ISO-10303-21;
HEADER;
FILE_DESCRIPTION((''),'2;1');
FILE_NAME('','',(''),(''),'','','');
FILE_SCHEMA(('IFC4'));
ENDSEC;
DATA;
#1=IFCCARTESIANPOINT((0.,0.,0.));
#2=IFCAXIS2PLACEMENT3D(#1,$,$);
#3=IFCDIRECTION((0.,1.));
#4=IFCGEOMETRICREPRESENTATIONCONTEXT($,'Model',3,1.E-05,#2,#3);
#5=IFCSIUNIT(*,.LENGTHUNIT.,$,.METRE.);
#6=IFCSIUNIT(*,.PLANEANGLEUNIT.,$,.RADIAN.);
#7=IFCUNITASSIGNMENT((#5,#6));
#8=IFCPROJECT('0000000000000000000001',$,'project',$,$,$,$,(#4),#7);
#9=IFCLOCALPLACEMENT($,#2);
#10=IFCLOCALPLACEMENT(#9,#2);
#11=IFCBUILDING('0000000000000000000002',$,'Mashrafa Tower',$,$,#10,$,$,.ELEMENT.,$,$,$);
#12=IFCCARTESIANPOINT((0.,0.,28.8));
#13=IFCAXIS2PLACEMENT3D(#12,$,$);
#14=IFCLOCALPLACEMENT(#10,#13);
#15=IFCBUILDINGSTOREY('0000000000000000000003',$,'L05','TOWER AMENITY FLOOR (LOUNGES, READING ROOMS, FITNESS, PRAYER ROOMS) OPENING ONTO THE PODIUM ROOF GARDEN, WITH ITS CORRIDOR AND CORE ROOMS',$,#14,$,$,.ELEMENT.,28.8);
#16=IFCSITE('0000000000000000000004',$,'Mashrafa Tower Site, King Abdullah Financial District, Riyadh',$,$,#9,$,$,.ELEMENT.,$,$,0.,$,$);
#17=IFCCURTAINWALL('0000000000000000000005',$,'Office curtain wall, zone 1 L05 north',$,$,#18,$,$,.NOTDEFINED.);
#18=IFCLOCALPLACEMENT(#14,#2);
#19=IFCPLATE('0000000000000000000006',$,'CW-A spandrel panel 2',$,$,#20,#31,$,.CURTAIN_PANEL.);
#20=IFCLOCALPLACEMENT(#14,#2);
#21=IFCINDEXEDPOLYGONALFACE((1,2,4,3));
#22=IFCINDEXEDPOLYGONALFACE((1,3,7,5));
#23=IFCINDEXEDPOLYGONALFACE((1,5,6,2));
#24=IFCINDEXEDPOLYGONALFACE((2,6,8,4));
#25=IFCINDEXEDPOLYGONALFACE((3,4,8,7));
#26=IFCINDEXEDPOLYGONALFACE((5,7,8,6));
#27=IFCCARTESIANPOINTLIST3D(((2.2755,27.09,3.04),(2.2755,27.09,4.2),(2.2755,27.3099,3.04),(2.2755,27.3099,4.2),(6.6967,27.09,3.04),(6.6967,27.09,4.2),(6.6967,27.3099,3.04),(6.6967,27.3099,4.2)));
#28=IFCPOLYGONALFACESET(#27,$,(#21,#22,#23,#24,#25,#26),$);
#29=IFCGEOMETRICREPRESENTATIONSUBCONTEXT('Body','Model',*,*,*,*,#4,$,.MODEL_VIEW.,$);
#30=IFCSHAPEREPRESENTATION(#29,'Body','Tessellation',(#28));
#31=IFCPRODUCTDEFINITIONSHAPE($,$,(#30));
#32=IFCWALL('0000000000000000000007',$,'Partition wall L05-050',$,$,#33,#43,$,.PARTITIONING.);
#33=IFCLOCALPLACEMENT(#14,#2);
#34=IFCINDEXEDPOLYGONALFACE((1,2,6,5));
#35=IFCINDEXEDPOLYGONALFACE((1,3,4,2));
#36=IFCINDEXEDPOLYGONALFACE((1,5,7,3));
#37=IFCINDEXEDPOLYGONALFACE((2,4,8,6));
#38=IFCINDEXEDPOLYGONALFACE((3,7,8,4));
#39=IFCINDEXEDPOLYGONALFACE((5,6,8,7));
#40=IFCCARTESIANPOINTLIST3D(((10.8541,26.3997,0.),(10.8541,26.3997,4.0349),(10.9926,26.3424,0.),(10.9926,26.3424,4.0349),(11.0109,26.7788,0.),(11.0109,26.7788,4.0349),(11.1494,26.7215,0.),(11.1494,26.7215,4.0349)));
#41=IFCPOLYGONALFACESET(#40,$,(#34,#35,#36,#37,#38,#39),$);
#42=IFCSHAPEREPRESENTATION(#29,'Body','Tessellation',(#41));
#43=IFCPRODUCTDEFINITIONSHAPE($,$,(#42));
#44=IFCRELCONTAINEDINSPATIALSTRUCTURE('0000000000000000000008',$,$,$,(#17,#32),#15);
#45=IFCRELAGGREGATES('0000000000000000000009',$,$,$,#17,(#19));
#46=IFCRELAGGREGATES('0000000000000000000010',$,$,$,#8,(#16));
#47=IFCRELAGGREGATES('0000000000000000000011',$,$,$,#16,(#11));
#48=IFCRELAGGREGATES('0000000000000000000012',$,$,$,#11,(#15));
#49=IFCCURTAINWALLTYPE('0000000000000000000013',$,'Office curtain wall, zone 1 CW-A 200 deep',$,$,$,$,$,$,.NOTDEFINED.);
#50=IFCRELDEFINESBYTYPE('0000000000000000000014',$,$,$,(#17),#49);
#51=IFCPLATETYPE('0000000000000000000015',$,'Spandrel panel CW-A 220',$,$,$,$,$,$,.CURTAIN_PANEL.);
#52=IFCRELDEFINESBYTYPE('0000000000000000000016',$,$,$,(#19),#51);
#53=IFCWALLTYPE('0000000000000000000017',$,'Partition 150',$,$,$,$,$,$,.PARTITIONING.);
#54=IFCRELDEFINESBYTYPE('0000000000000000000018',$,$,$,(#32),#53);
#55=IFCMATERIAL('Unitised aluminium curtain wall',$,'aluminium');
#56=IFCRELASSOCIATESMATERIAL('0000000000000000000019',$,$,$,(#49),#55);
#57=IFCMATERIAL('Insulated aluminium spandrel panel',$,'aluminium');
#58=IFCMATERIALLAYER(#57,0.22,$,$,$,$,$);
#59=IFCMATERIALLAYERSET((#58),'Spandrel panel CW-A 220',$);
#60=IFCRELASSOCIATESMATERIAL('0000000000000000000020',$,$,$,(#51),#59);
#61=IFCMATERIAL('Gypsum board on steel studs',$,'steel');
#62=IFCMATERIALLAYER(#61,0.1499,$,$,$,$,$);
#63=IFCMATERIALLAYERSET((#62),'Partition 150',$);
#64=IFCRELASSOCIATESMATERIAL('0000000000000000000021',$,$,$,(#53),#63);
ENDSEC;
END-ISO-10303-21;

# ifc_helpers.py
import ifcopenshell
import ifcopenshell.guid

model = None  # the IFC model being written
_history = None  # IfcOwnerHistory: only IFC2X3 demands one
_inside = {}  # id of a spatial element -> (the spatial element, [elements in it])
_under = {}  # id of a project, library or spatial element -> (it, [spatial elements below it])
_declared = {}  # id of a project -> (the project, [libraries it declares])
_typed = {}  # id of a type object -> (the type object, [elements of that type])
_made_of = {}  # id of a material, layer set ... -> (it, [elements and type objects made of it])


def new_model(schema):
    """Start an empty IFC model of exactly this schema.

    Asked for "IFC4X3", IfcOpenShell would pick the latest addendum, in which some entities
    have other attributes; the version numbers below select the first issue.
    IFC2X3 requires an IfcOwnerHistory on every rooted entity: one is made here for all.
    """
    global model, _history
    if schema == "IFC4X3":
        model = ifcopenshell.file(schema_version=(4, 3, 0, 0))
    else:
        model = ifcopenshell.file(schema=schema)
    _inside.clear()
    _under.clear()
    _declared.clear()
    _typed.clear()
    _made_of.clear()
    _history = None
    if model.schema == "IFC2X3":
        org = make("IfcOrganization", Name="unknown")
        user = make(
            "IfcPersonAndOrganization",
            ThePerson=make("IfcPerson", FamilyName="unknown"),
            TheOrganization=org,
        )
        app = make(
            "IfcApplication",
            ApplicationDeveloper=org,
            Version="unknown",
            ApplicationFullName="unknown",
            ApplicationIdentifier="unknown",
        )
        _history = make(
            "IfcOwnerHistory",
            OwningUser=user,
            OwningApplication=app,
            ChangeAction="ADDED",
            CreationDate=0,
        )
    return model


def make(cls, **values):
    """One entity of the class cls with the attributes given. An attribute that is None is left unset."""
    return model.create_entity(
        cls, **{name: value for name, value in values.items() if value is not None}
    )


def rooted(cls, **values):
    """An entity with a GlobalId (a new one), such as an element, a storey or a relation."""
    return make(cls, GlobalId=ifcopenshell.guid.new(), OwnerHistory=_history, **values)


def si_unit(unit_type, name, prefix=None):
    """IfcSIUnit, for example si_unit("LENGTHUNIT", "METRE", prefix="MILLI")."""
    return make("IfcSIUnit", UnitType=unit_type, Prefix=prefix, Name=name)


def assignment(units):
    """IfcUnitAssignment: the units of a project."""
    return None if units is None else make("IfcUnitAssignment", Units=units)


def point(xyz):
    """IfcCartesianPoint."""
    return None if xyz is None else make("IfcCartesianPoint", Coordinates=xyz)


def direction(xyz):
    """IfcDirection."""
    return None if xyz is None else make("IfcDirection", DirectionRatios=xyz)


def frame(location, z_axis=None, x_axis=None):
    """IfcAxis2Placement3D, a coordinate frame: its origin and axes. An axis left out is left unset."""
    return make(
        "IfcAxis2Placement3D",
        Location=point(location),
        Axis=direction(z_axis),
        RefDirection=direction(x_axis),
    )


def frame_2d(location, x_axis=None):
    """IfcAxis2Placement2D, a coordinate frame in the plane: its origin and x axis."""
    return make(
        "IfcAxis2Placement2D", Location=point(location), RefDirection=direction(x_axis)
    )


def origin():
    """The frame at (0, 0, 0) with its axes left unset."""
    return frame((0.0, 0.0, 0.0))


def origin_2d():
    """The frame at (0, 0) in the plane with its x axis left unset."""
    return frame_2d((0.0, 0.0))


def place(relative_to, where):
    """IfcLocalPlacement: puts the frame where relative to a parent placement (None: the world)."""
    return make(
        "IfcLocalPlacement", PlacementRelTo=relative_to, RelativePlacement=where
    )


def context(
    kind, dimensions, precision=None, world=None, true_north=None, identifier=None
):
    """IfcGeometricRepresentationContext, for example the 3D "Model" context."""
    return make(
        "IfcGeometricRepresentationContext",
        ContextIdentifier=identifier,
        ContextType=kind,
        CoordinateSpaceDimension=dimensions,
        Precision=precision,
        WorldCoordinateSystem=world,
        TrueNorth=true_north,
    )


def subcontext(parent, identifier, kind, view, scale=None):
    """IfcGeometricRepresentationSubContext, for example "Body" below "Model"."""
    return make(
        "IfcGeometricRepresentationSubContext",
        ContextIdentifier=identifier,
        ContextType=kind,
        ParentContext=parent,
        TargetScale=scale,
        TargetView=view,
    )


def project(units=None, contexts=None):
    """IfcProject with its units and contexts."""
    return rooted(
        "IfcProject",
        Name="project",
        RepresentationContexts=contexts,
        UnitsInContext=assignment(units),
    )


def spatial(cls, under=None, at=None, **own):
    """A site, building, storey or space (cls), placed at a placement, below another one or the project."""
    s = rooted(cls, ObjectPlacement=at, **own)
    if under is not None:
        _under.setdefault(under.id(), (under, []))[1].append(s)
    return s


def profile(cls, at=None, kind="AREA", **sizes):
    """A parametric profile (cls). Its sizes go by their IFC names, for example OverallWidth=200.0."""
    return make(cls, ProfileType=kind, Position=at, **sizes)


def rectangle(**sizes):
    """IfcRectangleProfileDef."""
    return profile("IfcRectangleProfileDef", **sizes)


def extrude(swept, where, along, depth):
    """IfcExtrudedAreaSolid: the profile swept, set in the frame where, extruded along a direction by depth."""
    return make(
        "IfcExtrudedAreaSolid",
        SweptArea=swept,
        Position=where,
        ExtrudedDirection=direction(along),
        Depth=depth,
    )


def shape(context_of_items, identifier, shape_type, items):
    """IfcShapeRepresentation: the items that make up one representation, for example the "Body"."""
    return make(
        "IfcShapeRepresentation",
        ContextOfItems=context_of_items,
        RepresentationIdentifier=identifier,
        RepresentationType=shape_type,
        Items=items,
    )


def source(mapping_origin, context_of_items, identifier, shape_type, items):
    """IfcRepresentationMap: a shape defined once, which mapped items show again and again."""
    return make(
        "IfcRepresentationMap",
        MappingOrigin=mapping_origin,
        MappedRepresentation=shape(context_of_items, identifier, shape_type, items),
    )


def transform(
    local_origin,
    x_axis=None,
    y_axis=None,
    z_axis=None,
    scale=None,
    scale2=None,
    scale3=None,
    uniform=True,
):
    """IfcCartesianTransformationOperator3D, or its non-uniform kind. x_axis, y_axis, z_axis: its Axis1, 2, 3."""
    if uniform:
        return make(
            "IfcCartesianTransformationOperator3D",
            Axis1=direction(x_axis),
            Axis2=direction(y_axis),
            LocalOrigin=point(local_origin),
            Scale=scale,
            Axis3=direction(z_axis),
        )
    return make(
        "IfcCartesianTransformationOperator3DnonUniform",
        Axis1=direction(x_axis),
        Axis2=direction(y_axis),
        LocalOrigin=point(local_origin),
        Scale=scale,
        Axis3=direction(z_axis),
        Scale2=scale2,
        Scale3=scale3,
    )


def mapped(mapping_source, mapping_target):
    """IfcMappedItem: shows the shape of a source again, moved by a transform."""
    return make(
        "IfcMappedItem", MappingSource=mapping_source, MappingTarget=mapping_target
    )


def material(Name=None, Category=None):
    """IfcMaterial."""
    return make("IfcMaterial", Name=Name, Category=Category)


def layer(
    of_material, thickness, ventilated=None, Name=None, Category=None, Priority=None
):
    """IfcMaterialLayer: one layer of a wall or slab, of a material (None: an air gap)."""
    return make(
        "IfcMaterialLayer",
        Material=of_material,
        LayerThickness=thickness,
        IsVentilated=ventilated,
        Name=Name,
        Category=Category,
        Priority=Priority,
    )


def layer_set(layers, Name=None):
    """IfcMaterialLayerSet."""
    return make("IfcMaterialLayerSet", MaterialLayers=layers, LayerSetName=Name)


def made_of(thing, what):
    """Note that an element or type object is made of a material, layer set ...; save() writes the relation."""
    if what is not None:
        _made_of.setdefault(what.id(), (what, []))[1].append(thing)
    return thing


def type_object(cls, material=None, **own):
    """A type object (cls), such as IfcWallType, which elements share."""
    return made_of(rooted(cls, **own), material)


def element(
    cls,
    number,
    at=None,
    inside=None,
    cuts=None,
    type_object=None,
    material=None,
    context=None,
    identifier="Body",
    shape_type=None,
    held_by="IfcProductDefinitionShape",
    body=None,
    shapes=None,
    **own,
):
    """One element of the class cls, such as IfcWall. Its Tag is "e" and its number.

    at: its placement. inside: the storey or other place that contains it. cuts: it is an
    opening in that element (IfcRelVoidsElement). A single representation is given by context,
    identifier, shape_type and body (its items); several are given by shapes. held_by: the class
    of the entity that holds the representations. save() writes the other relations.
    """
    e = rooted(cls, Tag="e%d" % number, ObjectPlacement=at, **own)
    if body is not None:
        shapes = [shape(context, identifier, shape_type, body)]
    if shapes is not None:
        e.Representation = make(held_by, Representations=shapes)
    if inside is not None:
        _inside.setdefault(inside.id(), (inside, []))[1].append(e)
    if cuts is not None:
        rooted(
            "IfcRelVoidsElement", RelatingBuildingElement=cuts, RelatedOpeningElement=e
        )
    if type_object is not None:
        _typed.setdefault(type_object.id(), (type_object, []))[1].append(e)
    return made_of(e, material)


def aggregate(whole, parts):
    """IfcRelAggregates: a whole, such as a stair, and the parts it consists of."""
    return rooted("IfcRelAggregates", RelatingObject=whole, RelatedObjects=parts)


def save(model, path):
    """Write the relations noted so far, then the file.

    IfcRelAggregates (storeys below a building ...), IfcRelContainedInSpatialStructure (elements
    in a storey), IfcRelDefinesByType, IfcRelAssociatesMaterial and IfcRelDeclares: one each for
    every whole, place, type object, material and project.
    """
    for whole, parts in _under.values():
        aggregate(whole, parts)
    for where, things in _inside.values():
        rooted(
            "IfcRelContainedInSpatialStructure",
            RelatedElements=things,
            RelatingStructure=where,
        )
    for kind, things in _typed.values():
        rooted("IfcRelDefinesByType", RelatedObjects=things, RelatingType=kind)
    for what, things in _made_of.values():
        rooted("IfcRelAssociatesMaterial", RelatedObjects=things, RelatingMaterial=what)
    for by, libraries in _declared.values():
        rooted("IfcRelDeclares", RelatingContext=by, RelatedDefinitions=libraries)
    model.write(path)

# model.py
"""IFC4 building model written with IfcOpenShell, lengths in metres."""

from ifc_helpers import new_model, si_unit, direction, frame, frame_2d, origin, origin_2d, place, context, subcontext, project, spatial, rectangle, extrude, source, transform, mapped, material, layer, layer_set, type_object, element, aggregate, save


model = new_model("IFC4")

# Units and contexts
model_context = context("Model", 3, precision=1e-05, world=origin(), true_north=direction((0.0, 1.0)))
body_context = subcontext(model_context, "Body", "Model", "MODEL_VIEW")
ifc_project = project(units=[si_unit("LENGTHUNIT", "METRE"), si_unit("PLANEANGLEUNIT", "RADIAN")], contexts=[model_context])

# Site, building, storey
site_placement = place(None, origin())
site = spatial("IfcSite", under=ifc_project, at=site_placement, Name="Mashrafa Tower Site, King Abdullah Financial District, Riyadh", CompositionType="ELEMENT", RefElevation=0.0)
building_placement = place(site_placement, origin())
building = spatial("IfcBuilding", under=site, at=building_placement, Name="Mashrafa Tower", CompositionType="ELEMENT")
storey_placement = place(building_placement, frame((0.0, 0.0, 28.8)))
storey = spatial("IfcBuildingStorey", under=building, at=storey_placement, Name="L05", Description="TOWER AMENITY FLOOR (LOUNGES, READING ROOMS, FITNESS, PRAYER ROOMS) OPENING ONTO THE PODIUM ROOF GARDEN, WITH ITS CORRIDOR AND CORE ROOMS", CompositionType="ELEMENT", Elevation=28.8)

# Shared definitions
ifc_material_1 = material(Name="Unitised aluminium curtain wall", Category="aluminium")
curtain_wall_type = type_object("IfcCurtainWallType", Name="Office curtain wall, zone 1 CW-A 200 deep", PredefinedType="NOTDEFINED", material=ifc_material_1)

# Curtain wall, plate
curtain_wall_1_placement = place(storey_placement, origin())
curtain_wall_1 = element("IfcCurtainWall", 1, at=curtain_wall_1_placement, inside=storey, type_object=curtain_wall_type, Name="Office curtain wall, zone 1 L05 north", PredefinedType="NOTDEFINED")
ifc_material_2 = material(Name="Insulated aluminium spandrel panel", Category="aluminium")
ifc_layer_1 = layer(ifc_material_2, 0.22)
ifc_layer_set_1 = layer_set([ifc_layer_1], Name="Spandrel panel CW-A 220")
plate_type_1 = type_object("IfcPlateType", Name="Spandrel panel CW-A 220", PredefinedType="CURTAIN_PANEL", material=ifc_layer_set_1)
shared_shape_1 = source(origin(), body_context, "Body", "SweptSolid", [
    extrude(rectangle(XDim=4.4211, YDim=0.22, at=origin_2d()), origin(), (0.0, 0.0, 1.0), 1.1599),
])
plate_1_placement = place(storey_placement, frame((4.4861, 27.2, 3.04), z_axis=(0.0, 0.0, 1.0), x_axis=(-1.0, 0.0, 0.0)))
plate_1 = element("IfcPlate", 2, at=plate_1_placement, type_object=plate_type_1, Name="CW-A spandrel panel 2", PredefinedType="CURTAIN_PANEL", context=body_context, shape_type="MappedRepresentation", body=[
    mapped(shared_shape_1, transform((0.0, 0.0, 0.0))),
])
aggregate(curtain_wall_1, [plate_1])

# Wall
ifc_material_3 = material(Name="Gypsum board on steel studs", Category="steel")
ifc_layer_2 = layer(ifc_material_3, 0.1499)
ifc_layer_set_2 = layer_set([ifc_layer_2], Name="Partition 150")
wall_type = type_object("IfcWallType", Name="Partition 150", PredefinedType="PARTITIONING", material=ifc_layer_set_2)
wall_placement = place(storey_placement, frame((10.9233, 26.3711, 0.0), z_axis=(0.0, 0.0, 1.0), x_axis=(0.382247, 0.92406, 0.0)))
element("IfcWall", 3, at=wall_placement, inside=storey, type_object=wall_type, Name="Partition wall L05-050", PredefinedType="PARTITIONING", context=body_context, shape_type="SweptSolid", body=[
    extrude(rectangle(XDim=0.4102, YDim=0.1499, at=frame_2d((0.2051, 0.0))), origin(), (0.0, 0.0, 1.0), 4.0349),
])

save(model, "model.ifc")
